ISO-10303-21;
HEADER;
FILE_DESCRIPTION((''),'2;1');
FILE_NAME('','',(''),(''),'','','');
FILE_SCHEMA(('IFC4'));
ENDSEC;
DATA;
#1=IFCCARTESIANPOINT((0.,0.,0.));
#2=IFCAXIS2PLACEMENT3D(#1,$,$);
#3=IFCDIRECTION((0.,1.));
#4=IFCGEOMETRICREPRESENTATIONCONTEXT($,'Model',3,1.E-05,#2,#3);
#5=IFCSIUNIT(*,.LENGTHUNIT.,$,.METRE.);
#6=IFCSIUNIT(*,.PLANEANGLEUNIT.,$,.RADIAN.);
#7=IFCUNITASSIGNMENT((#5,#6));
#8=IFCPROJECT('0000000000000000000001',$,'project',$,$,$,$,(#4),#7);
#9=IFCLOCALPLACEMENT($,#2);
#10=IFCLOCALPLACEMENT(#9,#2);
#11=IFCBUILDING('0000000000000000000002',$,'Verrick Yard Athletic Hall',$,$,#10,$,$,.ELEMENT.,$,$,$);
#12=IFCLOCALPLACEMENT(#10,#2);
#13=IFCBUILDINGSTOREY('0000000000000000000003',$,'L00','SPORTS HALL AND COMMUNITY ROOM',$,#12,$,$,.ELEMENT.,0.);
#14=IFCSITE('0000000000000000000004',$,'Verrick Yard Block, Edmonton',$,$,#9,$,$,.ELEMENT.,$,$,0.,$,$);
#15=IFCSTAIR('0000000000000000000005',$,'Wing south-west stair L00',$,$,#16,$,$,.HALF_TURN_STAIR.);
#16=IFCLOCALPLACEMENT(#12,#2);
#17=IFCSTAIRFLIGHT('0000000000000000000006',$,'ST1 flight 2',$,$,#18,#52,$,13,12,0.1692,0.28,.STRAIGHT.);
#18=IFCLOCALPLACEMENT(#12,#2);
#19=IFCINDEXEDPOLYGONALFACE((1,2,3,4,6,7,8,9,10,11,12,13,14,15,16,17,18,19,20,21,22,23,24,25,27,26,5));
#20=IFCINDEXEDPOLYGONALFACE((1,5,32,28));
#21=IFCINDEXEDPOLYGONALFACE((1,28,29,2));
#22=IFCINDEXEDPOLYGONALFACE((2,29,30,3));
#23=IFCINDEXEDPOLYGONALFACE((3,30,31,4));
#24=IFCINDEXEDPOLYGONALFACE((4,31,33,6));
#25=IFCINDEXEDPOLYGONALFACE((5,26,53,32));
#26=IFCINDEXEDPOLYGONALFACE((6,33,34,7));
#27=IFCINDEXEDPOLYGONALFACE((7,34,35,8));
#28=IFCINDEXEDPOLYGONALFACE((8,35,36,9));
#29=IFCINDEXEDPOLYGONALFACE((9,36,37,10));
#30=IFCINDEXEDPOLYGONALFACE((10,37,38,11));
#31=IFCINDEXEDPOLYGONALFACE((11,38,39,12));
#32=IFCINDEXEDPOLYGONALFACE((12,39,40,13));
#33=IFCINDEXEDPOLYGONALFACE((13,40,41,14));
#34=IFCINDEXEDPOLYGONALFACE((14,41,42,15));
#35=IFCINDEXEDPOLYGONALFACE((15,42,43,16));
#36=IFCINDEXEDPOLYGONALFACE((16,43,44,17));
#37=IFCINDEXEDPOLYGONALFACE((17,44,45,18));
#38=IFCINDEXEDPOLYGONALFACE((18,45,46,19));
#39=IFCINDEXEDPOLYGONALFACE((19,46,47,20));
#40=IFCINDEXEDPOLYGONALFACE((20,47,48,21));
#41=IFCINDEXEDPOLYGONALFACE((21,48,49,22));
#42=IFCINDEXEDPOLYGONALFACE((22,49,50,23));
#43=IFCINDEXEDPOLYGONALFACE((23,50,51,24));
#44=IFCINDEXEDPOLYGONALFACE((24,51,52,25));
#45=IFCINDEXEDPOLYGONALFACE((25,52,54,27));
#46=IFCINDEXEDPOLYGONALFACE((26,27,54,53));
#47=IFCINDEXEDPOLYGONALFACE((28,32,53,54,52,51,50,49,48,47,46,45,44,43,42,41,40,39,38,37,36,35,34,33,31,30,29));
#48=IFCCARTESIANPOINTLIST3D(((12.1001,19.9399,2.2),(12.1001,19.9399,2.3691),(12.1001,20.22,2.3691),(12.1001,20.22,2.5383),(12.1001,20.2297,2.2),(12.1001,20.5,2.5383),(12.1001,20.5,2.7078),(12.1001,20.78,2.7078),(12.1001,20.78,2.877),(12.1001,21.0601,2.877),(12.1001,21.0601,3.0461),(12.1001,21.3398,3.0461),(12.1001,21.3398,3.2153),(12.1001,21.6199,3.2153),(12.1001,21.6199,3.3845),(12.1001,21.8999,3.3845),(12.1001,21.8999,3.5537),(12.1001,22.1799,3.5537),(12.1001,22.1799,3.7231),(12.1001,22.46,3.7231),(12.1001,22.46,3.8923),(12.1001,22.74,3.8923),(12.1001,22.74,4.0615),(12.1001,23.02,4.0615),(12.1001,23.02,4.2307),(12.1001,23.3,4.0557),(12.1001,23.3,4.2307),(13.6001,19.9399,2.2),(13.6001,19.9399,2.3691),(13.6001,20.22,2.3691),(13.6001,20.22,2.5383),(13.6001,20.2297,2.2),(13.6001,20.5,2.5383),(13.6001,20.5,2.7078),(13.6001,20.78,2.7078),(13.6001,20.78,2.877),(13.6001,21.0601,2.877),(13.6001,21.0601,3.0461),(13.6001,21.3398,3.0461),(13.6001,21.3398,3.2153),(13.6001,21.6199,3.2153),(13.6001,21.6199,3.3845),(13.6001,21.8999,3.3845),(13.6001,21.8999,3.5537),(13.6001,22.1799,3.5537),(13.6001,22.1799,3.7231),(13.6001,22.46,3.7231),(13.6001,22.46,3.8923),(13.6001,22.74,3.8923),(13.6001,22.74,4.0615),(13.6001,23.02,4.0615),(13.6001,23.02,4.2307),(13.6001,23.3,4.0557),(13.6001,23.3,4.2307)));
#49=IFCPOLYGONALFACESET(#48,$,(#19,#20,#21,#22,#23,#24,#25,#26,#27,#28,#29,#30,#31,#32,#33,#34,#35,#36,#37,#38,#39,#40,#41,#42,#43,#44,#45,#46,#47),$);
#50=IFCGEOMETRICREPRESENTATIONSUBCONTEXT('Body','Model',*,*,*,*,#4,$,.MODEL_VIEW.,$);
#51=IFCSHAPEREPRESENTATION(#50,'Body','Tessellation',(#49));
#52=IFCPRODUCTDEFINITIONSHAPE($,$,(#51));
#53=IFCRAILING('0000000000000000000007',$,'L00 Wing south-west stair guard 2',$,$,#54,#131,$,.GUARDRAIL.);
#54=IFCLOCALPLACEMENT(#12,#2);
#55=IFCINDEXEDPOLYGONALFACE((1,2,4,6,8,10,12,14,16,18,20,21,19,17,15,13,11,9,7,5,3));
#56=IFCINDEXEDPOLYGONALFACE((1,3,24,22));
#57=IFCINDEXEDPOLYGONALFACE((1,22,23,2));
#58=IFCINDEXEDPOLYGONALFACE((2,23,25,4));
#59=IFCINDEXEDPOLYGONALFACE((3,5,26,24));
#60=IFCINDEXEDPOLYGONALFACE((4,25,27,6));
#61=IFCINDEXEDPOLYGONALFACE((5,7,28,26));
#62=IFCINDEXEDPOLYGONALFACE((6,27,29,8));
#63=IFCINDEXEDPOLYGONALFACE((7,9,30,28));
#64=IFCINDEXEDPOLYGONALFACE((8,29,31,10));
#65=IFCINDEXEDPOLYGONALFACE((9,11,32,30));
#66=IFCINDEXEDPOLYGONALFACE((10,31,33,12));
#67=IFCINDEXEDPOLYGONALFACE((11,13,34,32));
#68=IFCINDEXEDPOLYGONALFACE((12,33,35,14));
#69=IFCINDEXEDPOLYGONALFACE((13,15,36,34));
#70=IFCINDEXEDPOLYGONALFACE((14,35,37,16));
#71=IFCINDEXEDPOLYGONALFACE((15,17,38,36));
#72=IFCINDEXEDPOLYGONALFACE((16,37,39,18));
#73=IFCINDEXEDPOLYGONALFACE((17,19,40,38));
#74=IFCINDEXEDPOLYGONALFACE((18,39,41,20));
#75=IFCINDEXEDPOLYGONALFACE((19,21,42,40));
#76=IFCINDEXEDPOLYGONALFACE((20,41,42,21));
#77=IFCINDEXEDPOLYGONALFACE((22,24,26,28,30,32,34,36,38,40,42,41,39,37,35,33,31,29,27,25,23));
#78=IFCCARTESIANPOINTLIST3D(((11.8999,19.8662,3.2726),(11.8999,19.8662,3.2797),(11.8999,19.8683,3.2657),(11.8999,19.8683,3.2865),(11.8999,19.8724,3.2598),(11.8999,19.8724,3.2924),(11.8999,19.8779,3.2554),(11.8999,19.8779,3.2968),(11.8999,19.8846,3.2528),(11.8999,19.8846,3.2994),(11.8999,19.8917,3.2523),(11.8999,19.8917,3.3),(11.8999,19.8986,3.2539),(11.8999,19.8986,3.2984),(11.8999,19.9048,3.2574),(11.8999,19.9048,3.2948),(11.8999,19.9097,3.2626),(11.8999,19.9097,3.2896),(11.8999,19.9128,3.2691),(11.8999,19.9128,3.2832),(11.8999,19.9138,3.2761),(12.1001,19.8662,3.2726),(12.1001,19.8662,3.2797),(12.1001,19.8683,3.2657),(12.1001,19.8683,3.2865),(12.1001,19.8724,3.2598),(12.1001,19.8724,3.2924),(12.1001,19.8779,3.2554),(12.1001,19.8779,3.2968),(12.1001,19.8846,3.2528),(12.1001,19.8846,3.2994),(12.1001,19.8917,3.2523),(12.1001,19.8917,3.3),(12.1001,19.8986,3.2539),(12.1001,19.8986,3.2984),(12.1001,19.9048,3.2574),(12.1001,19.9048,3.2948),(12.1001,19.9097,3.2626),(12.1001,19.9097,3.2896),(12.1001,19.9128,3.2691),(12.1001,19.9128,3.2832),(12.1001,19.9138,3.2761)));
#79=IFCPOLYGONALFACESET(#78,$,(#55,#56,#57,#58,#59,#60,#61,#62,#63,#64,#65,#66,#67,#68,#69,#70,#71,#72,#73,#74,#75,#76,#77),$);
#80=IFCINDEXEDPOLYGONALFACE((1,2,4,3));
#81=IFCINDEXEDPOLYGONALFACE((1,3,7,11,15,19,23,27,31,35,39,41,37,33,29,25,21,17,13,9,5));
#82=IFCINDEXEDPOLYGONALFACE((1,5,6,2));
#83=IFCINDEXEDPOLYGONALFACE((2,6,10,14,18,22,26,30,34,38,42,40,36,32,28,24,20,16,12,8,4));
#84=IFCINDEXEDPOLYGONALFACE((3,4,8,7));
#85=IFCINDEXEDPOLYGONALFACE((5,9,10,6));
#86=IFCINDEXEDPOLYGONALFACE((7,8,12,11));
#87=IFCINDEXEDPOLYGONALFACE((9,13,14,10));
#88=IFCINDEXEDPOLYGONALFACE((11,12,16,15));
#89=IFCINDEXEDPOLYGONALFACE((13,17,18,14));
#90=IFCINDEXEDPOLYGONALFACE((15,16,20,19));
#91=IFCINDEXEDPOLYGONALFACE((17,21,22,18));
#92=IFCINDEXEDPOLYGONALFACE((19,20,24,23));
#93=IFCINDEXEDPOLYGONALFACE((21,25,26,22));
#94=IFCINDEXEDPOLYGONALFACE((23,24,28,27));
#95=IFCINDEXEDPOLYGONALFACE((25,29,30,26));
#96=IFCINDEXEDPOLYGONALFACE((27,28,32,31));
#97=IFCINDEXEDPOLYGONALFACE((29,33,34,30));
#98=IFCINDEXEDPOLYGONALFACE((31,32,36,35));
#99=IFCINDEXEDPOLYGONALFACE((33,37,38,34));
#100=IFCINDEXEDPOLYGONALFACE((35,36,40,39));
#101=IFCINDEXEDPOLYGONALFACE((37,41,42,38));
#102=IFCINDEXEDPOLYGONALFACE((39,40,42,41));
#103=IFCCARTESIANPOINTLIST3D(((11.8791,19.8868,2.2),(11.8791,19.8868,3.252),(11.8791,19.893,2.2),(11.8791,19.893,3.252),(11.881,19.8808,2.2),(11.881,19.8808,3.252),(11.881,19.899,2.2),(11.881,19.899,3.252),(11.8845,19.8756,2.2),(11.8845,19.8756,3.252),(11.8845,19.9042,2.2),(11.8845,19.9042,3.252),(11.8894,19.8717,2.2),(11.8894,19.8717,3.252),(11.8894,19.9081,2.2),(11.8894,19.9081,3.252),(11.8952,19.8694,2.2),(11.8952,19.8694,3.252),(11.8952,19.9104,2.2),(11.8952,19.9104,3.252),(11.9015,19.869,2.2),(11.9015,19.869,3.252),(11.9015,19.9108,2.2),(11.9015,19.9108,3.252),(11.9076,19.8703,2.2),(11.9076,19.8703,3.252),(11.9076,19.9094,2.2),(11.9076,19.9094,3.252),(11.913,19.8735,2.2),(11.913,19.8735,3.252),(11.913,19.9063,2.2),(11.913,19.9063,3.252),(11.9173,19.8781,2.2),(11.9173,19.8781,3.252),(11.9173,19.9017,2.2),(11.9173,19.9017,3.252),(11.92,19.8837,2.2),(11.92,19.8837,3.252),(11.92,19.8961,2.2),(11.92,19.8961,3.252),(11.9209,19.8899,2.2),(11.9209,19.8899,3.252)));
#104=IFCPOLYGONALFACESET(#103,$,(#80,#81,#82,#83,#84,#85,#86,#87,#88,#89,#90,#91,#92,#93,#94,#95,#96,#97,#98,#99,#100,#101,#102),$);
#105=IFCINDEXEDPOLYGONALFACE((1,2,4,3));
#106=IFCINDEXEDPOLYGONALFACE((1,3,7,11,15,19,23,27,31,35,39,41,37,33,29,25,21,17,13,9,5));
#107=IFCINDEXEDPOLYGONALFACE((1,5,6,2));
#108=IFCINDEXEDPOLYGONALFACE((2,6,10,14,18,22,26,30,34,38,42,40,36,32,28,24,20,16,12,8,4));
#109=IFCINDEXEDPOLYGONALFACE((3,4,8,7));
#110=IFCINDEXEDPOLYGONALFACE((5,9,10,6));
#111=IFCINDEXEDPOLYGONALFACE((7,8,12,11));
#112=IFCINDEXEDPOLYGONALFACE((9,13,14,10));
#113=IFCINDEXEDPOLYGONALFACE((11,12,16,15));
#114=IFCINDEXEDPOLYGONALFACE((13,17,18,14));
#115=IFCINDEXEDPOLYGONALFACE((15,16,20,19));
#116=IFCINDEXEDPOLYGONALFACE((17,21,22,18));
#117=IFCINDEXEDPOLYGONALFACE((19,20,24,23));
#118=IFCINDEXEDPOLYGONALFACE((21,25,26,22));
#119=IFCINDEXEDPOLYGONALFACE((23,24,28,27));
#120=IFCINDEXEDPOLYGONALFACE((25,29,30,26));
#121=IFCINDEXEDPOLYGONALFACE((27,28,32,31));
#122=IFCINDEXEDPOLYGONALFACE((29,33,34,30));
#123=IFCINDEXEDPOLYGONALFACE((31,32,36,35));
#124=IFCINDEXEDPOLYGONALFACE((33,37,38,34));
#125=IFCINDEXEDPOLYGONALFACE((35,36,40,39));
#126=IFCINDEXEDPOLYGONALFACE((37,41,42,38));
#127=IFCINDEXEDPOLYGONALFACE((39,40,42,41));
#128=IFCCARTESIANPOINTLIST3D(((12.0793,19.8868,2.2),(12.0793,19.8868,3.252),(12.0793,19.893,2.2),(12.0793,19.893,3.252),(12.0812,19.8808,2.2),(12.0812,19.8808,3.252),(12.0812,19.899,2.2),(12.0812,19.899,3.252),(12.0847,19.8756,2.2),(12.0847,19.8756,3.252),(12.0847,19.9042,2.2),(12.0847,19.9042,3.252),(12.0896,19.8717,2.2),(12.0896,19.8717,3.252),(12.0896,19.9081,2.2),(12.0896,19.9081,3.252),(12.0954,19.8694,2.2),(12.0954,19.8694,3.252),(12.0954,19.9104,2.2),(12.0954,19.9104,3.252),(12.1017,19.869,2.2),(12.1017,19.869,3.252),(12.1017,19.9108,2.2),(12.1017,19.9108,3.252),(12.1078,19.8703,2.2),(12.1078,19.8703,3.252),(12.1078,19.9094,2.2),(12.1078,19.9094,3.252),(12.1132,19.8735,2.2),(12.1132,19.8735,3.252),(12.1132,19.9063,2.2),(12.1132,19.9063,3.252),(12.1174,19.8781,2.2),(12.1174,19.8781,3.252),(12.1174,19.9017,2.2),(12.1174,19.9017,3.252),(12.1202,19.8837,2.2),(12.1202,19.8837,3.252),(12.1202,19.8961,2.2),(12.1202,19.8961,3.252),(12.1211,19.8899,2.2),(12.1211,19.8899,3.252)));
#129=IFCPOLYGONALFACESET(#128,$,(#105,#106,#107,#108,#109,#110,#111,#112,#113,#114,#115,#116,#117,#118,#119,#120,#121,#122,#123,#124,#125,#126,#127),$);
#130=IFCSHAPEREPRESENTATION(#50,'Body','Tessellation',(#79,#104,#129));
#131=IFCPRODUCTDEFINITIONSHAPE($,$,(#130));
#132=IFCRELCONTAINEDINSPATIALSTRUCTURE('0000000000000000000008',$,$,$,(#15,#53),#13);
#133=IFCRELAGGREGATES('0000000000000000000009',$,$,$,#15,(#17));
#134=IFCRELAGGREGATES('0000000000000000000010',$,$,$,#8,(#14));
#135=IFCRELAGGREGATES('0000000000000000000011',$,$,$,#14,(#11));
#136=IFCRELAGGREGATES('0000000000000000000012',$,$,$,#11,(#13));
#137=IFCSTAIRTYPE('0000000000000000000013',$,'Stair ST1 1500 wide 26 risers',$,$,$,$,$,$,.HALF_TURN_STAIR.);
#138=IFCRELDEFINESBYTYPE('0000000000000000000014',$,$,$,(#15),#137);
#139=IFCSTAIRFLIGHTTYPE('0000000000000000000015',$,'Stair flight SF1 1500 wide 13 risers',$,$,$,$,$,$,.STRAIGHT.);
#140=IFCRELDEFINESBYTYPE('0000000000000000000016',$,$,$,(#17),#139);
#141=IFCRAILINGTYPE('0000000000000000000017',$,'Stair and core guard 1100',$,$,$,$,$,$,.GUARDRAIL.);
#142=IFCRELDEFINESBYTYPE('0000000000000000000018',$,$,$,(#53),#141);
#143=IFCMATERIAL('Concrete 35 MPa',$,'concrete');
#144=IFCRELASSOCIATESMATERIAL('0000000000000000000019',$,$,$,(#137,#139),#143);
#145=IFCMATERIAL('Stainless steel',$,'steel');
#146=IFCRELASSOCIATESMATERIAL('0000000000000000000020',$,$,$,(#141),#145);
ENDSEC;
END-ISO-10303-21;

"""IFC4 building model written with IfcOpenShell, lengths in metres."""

from ifc_helpers import new_model, si_unit, direction, frame, origin, origin_2d, place, context, subcontext, project, spatial, polyline, circle, outline, extrude, material, type_object, element, aggregate, save


model = new_model("IFC4")

# Units and contexts
model_context = context("Model", 3, precision=1e-05, world=origin(), true_north=direction((0.0, 1.0)))
body_context = subcontext(model_context, "Body", "Model", "MODEL_VIEW")
ifc_project = project(units=[si_unit("LENGTHUNIT", "METRE"), si_unit("PLANEANGLEUNIT", "RADIAN")], contexts=[model_context])

# Site, building, storey
site_placement = place(None, origin())
site = spatial("IfcSite", under=ifc_project, at=site_placement, Name="Verrick Yard Block, Edmonton", CompositionType="ELEMENT", RefElevation=0.0)
building_placement = place(site_placement, origin())
building = spatial("IfcBuilding", under=site, at=building_placement, Name="Verrick Yard Athletic Hall", CompositionType="ELEMENT")
storey_placement = place(building_placement, origin())
storey = spatial("IfcBuildingStorey", under=building, at=storey_placement, Name="L00", Description="SPORTS HALL AND COMMUNITY ROOM", CompositionType="ELEMENT", Elevation=0.0)

# Shared definitions
ifc_material_1 = material(Name="Concrete 35 MPa", Category="concrete")

# Stair, stair flight
stair_type_1 = type_object("IfcStairType", Name="Stair ST1 1500 wide 26 risers", PredefinedType="HALF_TURN_STAIR", material=ifc_material_1)
stair_1_placement = place(storey_placement, origin())
stair_1 = element("IfcStair", 1, at=stair_1_placement, inside=storey, type_object=stair_type_1, Name="Wing south-west stair L00", PredefinedType="HALF_TURN_STAIR")
stair_flight_type = type_object("IfcStairFlightType", Name="Stair flight SF1 1500 wide 13 risers", PredefinedType="STRAIGHT", material=ifc_material_1)
stair_flight_placement = place(storey_placement, frame((12.8501, 19.9399, 2.2), z_axis=(0.0, 0.0, 1.0), x_axis=(0.0, 1.0, 0.0)))
stair_flight = element("IfcStairFlight", 2, at=stair_flight_placement, type_object=stair_flight_type, Name="ST1 flight 2", NumberOfRisers=13, NumberOfTreads=12, PredefinedType="STRAIGHT", RiserHeight=0.1692, TreadLength=0.28, context=body_context, shape_type="SweptSolid", body=[
    extrude(outline(polyline([(0.0, 0.0), (0.0, 0.1692), (0.28, 0.1692), (0.28, 0.3384), (0.5601, 0.3384), (0.5601, 0.5078), (0.8401, 0.5078), (0.8401, 0.677), (1.1201, 0.677), (1.1201, 0.8462), (1.3999, 0.8462), (1.3999, 1.0154), (1.6799, 1.0154), (1.6799, 1.1846), (1.96, 1.1846), (1.96, 1.3538), (2.24, 1.3538), (2.24, 1.5232), (2.52, 1.5232), (2.52, 1.6924), (2.8, 1.6924), (2.8, 1.8616), (3.0801, 1.8616), (3.0801, 2.0308), (3.3601, 2.0308), (3.3601, 2.2), (3.3601, 1.8557), (0.2898, 0.0), (0.0, 0.0)])), frame((0.0, 0.75, 0.0), z_axis=(0.0, -1.0, 0.0), x_axis=(1.0, 0.0, 0.0)), (0.0, 0.0, 1.0), 1.5),
])
aggregate(stair_1, [stair_flight])

# Railing
ifc_material_2 = material(Name="Stainless steel", Category="steel")
railing_type_1 = type_object("IfcRailingType", Name="Stair and core guard 1100", PredefinedType="GUARDRAIL", material=ifc_material_2)
railing_1_placement = place(storey_placement, frame((11.8999, 19.8899, 2.2)))
element("IfcRailing", 3, at=railing_1_placement, inside=storey, type_object=railing_type_1, Name="L00 Wing south-west stair guard 2", PredefinedType="GUARDRAIL", context=body_context, shape_type="SweptSolid", body=[
    extrude(circle(Radius=0.0239, at=origin_2d()), frame((0.0, 0.0, 1.0762), z_axis=(1.0, 0.0, 0.0), x_axis=(0.0, 1.0, 0.0)), (0.0, 0.0, 1.0), 0.2002),
    extrude(circle(Radius=0.021, at=origin_2d()), origin(), (0.0, 0.0, 1.0), 1.052),
    extrude(circle(Radius=0.021, at=origin_2d()), frame((0.2002, 0.0, 0.0)), (0.0, 0.0, 1.0), 1.052),
])

save(model, "model.ifc")
